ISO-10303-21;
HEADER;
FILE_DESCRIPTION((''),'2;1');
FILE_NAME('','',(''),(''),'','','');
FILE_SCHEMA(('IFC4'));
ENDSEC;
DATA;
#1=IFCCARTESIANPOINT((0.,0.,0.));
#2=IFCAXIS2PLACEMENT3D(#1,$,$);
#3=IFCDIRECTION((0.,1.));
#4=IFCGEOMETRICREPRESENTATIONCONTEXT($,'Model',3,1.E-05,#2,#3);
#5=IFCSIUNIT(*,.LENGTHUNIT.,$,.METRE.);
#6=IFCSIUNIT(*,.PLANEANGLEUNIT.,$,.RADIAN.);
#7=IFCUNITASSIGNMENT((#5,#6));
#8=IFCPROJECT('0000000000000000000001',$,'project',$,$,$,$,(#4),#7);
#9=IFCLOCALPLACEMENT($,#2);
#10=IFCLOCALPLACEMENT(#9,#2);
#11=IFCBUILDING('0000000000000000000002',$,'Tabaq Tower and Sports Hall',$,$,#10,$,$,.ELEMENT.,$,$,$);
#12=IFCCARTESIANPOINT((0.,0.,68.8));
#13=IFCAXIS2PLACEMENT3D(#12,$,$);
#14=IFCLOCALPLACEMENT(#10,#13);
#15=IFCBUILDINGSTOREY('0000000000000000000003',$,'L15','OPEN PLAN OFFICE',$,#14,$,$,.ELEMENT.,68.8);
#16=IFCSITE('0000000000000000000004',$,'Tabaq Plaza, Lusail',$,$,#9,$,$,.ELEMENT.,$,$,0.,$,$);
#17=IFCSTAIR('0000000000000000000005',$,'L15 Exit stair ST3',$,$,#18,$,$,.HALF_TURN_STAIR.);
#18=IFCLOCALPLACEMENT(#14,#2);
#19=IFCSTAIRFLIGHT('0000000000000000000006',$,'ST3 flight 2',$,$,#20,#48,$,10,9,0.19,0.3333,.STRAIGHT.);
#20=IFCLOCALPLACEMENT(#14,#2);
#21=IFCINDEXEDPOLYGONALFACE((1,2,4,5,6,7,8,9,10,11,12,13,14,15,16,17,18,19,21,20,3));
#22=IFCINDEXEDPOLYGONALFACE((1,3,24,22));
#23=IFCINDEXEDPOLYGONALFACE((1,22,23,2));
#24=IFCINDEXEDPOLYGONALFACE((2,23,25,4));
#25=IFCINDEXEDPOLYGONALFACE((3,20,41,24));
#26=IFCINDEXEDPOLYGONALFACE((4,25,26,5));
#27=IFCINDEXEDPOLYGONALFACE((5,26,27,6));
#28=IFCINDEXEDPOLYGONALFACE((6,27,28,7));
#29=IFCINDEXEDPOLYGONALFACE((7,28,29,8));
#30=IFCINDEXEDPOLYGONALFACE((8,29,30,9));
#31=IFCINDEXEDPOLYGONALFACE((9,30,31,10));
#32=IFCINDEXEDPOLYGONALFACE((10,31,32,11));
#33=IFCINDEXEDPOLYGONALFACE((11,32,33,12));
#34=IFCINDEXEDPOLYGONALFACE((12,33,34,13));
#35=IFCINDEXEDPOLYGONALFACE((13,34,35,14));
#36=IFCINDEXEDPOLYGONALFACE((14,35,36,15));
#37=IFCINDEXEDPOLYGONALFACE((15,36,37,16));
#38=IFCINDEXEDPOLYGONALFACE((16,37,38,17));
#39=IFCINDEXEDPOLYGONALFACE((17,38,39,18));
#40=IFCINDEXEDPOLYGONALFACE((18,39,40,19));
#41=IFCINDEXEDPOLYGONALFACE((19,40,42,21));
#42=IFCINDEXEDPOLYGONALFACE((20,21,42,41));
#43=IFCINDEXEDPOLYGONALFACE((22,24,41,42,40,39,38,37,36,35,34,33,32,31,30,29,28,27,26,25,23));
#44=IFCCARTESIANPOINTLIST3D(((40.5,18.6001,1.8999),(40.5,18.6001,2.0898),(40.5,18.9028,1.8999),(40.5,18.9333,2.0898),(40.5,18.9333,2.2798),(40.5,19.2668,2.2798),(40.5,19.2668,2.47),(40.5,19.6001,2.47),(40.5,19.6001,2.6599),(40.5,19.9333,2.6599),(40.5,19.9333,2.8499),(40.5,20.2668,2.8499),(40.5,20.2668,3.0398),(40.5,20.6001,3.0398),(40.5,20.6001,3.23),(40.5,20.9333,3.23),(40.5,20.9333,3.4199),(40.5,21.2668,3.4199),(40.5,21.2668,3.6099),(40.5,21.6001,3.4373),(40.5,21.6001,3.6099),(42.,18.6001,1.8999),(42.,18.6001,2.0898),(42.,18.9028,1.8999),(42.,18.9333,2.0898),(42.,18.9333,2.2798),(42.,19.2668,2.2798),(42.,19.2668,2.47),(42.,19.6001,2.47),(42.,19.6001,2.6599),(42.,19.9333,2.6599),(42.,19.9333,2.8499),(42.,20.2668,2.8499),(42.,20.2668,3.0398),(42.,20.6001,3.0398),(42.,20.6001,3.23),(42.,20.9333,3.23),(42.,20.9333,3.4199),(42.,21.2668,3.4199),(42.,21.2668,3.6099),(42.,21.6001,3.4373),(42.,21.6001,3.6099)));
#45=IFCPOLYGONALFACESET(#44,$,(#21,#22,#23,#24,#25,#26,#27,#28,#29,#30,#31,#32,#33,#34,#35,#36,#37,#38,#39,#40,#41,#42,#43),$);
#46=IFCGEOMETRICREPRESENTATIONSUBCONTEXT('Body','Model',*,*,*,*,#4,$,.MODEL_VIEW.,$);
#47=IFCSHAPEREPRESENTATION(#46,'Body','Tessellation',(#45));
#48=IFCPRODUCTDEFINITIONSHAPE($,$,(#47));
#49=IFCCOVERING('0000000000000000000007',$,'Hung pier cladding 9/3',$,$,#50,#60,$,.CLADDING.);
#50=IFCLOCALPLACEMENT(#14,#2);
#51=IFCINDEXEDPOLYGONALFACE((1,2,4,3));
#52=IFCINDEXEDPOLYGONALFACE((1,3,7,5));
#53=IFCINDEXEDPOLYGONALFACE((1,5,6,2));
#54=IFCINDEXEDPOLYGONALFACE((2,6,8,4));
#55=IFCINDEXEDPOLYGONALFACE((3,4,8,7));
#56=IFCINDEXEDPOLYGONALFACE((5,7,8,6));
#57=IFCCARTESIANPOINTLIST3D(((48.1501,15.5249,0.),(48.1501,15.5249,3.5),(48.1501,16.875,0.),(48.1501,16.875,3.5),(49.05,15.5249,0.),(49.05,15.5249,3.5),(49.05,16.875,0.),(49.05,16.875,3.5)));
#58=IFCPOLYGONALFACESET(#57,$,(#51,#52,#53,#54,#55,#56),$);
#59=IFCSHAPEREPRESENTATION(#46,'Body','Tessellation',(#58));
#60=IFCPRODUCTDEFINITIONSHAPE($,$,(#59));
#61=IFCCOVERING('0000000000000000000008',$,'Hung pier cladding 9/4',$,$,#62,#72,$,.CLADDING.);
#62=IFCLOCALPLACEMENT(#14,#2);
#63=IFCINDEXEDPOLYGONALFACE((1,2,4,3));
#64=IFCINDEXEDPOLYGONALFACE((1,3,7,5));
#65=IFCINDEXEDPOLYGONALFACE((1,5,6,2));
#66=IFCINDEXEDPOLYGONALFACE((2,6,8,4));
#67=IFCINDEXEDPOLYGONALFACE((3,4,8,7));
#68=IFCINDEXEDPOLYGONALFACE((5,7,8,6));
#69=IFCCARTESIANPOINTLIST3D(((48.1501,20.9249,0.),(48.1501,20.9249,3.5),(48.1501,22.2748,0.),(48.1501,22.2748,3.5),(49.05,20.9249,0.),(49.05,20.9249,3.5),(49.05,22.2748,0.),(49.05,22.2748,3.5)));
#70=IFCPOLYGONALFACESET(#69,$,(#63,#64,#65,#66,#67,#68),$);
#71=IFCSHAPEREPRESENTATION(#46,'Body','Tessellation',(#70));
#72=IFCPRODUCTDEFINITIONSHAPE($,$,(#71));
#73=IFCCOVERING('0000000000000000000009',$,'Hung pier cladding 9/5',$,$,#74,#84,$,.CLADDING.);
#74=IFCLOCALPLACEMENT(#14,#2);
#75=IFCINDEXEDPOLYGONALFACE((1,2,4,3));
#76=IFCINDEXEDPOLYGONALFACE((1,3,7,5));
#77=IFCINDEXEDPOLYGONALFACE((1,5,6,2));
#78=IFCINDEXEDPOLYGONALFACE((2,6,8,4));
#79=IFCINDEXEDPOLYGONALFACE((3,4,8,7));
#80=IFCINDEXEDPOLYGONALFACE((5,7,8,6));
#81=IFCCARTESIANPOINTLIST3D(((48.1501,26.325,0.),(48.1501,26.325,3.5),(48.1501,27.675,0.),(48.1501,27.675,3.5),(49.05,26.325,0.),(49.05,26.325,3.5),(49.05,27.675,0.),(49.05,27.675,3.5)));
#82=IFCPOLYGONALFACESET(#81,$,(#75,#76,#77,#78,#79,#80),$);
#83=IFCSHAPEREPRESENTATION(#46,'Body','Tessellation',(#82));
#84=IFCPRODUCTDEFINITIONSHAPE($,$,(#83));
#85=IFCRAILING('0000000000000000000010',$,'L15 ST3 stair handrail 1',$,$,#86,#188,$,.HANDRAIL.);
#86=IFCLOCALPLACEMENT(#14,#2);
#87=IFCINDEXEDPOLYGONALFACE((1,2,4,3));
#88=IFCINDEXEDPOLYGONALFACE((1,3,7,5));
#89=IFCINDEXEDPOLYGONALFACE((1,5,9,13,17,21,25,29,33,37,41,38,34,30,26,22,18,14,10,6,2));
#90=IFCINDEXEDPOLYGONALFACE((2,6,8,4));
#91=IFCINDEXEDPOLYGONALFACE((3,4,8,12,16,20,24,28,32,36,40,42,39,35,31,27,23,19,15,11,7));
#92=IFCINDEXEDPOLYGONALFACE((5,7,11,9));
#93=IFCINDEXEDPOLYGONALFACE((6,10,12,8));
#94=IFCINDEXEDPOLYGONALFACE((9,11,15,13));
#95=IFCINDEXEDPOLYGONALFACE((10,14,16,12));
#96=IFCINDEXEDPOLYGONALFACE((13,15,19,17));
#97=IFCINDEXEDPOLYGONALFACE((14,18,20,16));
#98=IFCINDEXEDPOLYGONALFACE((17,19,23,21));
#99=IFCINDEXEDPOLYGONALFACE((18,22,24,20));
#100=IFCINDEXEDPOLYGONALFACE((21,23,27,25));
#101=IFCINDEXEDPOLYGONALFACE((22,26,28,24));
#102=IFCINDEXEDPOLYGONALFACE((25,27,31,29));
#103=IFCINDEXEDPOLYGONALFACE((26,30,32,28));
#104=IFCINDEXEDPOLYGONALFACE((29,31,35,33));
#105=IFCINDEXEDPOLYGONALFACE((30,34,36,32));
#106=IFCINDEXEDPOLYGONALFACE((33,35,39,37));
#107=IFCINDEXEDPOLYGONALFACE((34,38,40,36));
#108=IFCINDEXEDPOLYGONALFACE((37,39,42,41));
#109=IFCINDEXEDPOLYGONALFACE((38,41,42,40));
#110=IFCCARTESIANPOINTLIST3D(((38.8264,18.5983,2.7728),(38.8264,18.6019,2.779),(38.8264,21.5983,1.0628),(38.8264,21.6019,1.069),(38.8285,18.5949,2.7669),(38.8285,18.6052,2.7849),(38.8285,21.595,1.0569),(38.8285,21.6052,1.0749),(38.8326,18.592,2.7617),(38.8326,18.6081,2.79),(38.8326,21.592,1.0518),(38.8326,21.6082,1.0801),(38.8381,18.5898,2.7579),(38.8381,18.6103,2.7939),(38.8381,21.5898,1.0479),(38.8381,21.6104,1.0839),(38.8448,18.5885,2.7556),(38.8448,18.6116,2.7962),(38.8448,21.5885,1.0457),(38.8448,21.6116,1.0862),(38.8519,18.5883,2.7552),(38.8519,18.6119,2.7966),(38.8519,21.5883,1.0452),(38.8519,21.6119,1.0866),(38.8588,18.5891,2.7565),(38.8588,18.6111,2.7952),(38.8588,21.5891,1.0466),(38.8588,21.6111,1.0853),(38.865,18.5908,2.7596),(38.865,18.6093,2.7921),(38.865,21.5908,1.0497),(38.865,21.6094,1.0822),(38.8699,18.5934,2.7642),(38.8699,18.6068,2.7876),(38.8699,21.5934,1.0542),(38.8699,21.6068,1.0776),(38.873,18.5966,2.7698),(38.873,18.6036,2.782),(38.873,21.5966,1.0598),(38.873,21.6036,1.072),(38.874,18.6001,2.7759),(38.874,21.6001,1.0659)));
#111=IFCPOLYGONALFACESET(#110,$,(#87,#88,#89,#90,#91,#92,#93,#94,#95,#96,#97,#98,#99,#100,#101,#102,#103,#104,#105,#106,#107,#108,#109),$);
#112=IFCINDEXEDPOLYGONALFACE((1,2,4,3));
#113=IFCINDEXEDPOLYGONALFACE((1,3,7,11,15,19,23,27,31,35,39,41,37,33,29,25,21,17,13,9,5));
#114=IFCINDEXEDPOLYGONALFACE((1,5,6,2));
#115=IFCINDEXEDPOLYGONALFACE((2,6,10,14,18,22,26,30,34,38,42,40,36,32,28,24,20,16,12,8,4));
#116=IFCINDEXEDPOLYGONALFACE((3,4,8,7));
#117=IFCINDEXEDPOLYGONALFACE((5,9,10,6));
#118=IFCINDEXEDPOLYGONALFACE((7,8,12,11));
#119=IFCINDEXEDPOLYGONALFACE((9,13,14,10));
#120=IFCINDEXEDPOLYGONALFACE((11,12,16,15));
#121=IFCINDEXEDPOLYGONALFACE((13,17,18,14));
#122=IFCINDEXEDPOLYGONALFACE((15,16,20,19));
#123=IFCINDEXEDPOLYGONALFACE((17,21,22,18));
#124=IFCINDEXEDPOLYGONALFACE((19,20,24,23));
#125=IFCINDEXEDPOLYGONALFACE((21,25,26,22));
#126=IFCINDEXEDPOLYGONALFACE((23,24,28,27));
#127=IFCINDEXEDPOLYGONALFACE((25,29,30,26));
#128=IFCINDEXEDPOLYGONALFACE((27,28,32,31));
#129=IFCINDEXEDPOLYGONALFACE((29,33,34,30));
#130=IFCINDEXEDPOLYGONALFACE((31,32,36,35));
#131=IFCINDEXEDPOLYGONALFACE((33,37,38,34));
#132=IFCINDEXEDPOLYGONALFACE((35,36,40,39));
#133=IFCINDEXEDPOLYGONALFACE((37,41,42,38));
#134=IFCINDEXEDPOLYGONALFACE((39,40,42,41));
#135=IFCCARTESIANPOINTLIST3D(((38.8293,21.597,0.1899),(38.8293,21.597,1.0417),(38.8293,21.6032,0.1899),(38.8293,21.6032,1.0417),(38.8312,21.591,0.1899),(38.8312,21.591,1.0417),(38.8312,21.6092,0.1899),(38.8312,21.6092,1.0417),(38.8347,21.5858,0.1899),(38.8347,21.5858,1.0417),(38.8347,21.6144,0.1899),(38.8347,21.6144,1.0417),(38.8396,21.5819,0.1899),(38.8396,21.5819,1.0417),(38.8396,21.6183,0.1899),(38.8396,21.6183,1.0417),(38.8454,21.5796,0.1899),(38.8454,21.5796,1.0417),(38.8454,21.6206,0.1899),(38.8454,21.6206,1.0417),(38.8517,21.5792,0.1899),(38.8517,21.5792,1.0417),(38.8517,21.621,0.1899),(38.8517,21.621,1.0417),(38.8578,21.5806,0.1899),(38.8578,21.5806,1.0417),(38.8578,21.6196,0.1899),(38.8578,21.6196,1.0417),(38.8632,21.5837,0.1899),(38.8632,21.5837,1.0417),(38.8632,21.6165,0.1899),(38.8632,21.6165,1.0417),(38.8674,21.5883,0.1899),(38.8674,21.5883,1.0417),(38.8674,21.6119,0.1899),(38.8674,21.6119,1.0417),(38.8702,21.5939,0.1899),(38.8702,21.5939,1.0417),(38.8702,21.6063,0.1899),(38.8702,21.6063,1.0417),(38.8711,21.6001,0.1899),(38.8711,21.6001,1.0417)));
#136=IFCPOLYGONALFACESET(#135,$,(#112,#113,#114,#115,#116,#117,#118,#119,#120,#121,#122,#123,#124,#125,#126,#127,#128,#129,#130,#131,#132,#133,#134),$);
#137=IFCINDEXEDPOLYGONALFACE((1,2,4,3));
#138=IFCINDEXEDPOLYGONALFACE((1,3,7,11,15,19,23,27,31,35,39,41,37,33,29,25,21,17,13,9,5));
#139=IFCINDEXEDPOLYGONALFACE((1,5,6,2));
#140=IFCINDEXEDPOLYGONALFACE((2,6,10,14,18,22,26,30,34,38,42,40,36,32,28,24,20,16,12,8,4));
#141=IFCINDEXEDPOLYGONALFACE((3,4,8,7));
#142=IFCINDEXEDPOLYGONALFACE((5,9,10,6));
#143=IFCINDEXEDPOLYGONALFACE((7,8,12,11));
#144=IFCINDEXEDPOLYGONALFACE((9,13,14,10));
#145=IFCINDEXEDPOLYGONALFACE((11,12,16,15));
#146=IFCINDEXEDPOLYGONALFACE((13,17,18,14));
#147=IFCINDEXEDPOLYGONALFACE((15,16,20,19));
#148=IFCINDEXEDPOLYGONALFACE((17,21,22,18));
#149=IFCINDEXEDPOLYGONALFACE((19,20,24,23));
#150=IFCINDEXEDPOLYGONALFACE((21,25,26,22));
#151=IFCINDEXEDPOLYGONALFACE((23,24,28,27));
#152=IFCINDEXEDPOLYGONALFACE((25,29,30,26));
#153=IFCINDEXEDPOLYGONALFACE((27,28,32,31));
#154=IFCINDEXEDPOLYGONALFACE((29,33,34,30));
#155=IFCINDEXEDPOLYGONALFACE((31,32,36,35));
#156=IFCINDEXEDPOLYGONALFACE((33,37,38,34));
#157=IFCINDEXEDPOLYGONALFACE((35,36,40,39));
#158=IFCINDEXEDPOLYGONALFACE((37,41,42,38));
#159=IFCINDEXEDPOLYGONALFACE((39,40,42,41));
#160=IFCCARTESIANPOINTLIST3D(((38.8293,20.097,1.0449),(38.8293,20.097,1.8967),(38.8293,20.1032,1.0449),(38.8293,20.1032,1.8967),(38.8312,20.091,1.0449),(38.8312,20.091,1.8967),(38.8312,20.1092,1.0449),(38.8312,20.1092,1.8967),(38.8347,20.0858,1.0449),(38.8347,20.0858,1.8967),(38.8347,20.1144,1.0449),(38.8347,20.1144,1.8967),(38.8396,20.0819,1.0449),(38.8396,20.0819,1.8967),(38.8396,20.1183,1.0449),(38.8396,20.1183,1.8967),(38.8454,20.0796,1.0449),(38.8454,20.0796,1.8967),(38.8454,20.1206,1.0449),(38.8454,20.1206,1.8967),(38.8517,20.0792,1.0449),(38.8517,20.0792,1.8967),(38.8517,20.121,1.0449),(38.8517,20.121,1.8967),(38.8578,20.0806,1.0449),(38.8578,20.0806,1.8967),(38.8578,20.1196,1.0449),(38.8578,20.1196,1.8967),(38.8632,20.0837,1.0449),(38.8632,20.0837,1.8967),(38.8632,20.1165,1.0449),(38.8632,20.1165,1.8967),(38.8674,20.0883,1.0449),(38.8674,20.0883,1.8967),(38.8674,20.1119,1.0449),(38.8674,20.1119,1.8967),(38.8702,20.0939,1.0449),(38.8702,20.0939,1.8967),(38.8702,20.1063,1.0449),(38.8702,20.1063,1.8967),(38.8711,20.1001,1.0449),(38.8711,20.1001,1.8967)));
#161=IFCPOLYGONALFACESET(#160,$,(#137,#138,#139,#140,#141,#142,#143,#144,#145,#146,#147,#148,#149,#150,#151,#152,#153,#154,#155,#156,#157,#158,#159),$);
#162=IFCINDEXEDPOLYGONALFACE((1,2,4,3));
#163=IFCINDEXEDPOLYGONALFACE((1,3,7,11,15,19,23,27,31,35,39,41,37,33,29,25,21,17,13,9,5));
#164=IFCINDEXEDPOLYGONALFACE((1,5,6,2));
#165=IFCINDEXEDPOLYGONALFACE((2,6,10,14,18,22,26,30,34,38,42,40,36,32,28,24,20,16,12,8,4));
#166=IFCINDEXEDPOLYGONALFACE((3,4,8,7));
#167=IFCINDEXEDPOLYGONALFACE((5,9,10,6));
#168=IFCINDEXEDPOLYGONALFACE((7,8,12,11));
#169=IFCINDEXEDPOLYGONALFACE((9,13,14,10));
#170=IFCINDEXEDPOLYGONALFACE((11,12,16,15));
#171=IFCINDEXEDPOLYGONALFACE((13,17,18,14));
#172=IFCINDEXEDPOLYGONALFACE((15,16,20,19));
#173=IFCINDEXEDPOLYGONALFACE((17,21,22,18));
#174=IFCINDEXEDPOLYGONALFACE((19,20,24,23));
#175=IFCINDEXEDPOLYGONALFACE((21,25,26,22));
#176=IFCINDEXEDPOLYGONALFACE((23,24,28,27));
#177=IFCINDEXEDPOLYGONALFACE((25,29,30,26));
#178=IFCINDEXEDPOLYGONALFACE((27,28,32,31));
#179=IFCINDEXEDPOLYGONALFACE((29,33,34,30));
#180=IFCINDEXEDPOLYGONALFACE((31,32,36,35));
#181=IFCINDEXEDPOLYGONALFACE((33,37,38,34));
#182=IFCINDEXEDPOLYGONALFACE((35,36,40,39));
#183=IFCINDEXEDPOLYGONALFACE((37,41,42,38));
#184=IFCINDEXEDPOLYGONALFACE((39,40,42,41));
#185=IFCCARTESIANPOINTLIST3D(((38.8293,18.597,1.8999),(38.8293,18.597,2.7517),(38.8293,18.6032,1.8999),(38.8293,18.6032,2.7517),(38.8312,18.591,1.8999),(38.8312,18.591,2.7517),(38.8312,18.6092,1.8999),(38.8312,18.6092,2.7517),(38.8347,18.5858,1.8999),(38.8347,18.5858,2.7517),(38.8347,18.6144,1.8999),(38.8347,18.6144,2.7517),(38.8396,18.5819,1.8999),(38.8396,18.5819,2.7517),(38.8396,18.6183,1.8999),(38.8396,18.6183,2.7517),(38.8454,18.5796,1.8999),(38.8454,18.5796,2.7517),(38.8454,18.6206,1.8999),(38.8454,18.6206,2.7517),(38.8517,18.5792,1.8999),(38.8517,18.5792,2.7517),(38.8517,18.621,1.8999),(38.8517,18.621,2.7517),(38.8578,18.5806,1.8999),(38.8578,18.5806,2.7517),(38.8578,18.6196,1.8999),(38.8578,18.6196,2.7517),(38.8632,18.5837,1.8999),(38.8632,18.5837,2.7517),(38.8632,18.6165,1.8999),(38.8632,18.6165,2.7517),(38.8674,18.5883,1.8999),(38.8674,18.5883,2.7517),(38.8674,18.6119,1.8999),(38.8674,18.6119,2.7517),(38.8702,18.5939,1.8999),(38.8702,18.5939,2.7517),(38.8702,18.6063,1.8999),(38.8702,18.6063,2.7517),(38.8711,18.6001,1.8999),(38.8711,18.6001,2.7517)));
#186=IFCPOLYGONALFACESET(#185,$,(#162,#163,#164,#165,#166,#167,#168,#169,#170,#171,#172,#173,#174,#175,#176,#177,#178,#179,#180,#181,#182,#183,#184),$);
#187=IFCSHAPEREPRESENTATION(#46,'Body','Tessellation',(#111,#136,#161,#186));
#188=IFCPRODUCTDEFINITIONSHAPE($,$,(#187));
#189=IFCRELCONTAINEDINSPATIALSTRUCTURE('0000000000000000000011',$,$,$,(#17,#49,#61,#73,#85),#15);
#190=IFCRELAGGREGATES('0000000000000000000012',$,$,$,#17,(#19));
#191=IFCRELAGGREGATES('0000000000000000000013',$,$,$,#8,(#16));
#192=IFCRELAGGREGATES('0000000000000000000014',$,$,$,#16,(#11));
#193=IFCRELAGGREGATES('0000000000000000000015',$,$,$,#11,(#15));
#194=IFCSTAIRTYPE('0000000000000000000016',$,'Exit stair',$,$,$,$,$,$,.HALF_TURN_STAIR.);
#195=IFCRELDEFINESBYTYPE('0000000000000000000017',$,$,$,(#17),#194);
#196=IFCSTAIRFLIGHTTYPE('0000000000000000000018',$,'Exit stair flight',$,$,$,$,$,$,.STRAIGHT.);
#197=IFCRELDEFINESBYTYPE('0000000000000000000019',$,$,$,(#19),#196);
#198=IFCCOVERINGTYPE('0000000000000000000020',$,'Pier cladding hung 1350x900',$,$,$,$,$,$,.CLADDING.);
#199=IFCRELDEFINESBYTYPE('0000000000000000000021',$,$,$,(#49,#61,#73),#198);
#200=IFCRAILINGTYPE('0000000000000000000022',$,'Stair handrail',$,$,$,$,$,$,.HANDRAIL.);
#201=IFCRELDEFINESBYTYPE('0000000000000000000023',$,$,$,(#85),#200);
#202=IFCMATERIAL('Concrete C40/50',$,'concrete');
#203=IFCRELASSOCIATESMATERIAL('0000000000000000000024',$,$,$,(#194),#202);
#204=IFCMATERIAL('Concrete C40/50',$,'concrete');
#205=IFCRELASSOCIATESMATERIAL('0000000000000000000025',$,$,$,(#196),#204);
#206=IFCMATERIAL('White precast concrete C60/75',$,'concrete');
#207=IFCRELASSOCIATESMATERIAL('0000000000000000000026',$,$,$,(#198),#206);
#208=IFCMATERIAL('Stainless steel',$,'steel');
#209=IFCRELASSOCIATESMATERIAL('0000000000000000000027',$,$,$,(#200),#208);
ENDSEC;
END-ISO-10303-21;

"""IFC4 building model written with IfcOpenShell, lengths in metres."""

from ifc_helpers import new_model, si_unit, direction, frame, frame_2d, origin, origin_2d, place, context, subcontext, project, spatial, polyline, rectangle, circle, outline, extrude, material, type_object, element, aggregate, save


model = new_model("IFC4")

# Units and contexts
model_context = context("Model", 3, precision=1e-05, world=origin(), true_north=direction((0.0, 1.0)))
body_context = subcontext(model_context, "Body", "Model", "MODEL_VIEW")
ifc_project = project(units=[si_unit("LENGTHUNIT", "METRE"), si_unit("PLANEANGLEUNIT", "RADIAN")], contexts=[model_context])

# Site, building, storey
site_placement = place(None, origin())
site = spatial("IfcSite", under=ifc_project, at=site_placement, Name="Tabaq Plaza, Lusail", CompositionType="ELEMENT", RefElevation=0.0)
building_placement = place(site_placement, origin())
building = spatial("IfcBuilding", under=site, at=building_placement, Name="Tabaq Tower and Sports Hall", CompositionType="ELEMENT")
storey_placement = place(building_placement, frame((0.0, 0.0, 68.8)))
storey = spatial("IfcBuildingStorey", under=building, at=storey_placement, Name="L15", Description="OPEN PLAN OFFICE", CompositionType="ELEMENT", Elevation=68.8)

# Stair, stair flight
ifc_material_1 = material(Name="Concrete C40/50", Category="concrete")
stair_type = type_object("IfcStairType", Name="Exit stair", PredefinedType="HALF_TURN_STAIR", material=ifc_material_1)
stair_placement = place(storey_placement, origin())
stair = element("IfcStair", 1, at=stair_placement, inside=storey, type_object=stair_type, Name="L15 Exit stair ST3", PredefinedType="HALF_TURN_STAIR")
ifc_material_2 = material(Name="Concrete C40/50", Category="concrete")
stair_flight_type = type_object("IfcStairFlightType", Name="Exit stair flight", PredefinedType="STRAIGHT", material=ifc_material_2)
stair_flight_1_placement = place(storey_placement, frame((41.25, 18.6001, 1.8999), z_axis=(0.0, 0.0, 1.0), x_axis=(0.0, 1.0, 0.0)))
stair_flight_1 = element("IfcStairFlight", 2, at=stair_flight_1_placement, type_object=stair_flight_type, Name="ST3 flight 2", NumberOfRisers=10, NumberOfTreads=9, PredefinedType="STRAIGHT", RiserHeight=0.19, TreadLength=0.3333, context=body_context, shape_type="SweptSolid", body=[
    extrude(outline(polyline([(0.0, 0.0), (0.0, 0.1899), (0.3333, 0.1899), (0.3333, 0.3799), (0.6667, 0.3799), (0.6667, 0.5701), (1.0, 0.5701), (1.0, 0.76), (1.3333, 0.76), (1.3333, 0.95), (1.6667, 0.95), (1.6667, 1.1399), (2.0, 1.1399), (2.0, 1.3301), (2.3333, 1.3301), (2.3333, 1.52), (2.6667, 1.52), (2.6667, 1.71), (3.0, 1.71), (3.0, 1.8999), (3.0, 1.5374), (0.3027, 0.0), (0.0, 0.0)])), frame((0.0, 0.75, 0.0), z_axis=(0.0, -1.0, 0.0), x_axis=(1.0, 0.0, 0.0)), (0.0, 0.0, 1.0), 1.5),
])
aggregate(stair, [stair_flight_1])

# Coverings
ifc_material_3 = material(Name="White precast concrete C60/75", Category="concrete")
covering_type_1 = type_object("IfcCoveringType", Name="Pier cladding hung 1350x900", PredefinedType="CLADDING", material=ifc_material_3)
covering_1_placement = place(storey_placement, frame((48.6001, 15.5249, 0.0), z_axis=(0.0, 0.0, 1.0), x_axis=(0.0, 1.0, 0.0)))
element("IfcCovering", 3, at=covering_1_placement, inside=storey, type_object=covering_type_1, Name="Hung pier cladding 9/3", PredefinedType="CLADDING", context=body_context, shape_type="SweptSolid", body=[
    extrude(rectangle(XDim=1.3501, YDim=0.8999, at=frame_2d((0.675, 0.0))), origin(), (0.0, 0.0, 1.0), 3.5),
])
covering_2_placement = place(storey_placement, frame((48.6001, 20.925, 0.0), z_axis=(0.0, 0.0, 1.0), x_axis=(0.0, 1.0, 0.0)))
element("IfcCovering", 4, at=covering_2_placement, inside=storey, type_object=covering_type_1, Name="Hung pier cladding 9/4", PredefinedType="CLADDING", context=body_context, shape_type="SweptSolid", body=[
    extrude(rectangle(XDim=1.3499, YDim=0.8999, at=frame_2d((0.6748, 0.0))), origin(), (0.0, 0.0, 1.0), 3.5),
])
covering_3_placement = place(storey_placement, frame((48.6001, 26.325, 0.0), z_axis=(0.0, 0.0, 1.0), x_axis=(0.0, 1.0, 0.0)))
element("IfcCovering", 5, at=covering_3_placement, inside=storey, type_object=covering_type_1, Name="Hung pier cladding 9/5", PredefinedType="CLADDING", context=body_context, shape_type="SweptSolid", body=[
    extrude(rectangle(XDim=1.3501, YDim=0.8999, at=frame_2d((0.675, 0.0))), origin(), (0.0, 0.0, 1.0), 3.5),
])

# Railing
ifc_material_4 = material(Name="Stainless steel", Category="steel")
railing_type_1 = type_object("IfcRailingType", Name="Stair handrail", PredefinedType="HANDRAIL", material=ifc_material_4)
railing_1_placement = place(storey_placement, frame((38.8501, 21.6001, 0.1899)))
element("IfcRailing", 6, at=railing_1_placement, inside=storey, type_object=railing_type_1, Name="L15 ST3 stair handrail 1", PredefinedType="HANDRAIL", context=body_context, shape_type="SweptSolid", body=[
    extrude(circle(Radius=0.0239, at=origin_2d()), frame((0.0, 0.0, 0.876), z_axis=(0.0, -0.868782, 0.495195), x_axis=(1.0, 0.0, 0.0)), (0.0, 0.0, 1.0), 3.4531),
    extrude(circle(Radius=0.021, at=origin_2d()), origin(), (0.0, 0.0, 1.0), 0.8518),
    extrude(circle(Radius=0.021, at=origin_2d()), frame((0.0, -1.5, 0.855)), (0.0, 0.0, 1.0), 0.8518),
    extrude(circle(Radius=0.021, at=origin_2d()), frame((0.0, -3.0, 1.71)), (0.0, 0.0, 1.0), 0.8518),
])

save(model, "model.ifc")
